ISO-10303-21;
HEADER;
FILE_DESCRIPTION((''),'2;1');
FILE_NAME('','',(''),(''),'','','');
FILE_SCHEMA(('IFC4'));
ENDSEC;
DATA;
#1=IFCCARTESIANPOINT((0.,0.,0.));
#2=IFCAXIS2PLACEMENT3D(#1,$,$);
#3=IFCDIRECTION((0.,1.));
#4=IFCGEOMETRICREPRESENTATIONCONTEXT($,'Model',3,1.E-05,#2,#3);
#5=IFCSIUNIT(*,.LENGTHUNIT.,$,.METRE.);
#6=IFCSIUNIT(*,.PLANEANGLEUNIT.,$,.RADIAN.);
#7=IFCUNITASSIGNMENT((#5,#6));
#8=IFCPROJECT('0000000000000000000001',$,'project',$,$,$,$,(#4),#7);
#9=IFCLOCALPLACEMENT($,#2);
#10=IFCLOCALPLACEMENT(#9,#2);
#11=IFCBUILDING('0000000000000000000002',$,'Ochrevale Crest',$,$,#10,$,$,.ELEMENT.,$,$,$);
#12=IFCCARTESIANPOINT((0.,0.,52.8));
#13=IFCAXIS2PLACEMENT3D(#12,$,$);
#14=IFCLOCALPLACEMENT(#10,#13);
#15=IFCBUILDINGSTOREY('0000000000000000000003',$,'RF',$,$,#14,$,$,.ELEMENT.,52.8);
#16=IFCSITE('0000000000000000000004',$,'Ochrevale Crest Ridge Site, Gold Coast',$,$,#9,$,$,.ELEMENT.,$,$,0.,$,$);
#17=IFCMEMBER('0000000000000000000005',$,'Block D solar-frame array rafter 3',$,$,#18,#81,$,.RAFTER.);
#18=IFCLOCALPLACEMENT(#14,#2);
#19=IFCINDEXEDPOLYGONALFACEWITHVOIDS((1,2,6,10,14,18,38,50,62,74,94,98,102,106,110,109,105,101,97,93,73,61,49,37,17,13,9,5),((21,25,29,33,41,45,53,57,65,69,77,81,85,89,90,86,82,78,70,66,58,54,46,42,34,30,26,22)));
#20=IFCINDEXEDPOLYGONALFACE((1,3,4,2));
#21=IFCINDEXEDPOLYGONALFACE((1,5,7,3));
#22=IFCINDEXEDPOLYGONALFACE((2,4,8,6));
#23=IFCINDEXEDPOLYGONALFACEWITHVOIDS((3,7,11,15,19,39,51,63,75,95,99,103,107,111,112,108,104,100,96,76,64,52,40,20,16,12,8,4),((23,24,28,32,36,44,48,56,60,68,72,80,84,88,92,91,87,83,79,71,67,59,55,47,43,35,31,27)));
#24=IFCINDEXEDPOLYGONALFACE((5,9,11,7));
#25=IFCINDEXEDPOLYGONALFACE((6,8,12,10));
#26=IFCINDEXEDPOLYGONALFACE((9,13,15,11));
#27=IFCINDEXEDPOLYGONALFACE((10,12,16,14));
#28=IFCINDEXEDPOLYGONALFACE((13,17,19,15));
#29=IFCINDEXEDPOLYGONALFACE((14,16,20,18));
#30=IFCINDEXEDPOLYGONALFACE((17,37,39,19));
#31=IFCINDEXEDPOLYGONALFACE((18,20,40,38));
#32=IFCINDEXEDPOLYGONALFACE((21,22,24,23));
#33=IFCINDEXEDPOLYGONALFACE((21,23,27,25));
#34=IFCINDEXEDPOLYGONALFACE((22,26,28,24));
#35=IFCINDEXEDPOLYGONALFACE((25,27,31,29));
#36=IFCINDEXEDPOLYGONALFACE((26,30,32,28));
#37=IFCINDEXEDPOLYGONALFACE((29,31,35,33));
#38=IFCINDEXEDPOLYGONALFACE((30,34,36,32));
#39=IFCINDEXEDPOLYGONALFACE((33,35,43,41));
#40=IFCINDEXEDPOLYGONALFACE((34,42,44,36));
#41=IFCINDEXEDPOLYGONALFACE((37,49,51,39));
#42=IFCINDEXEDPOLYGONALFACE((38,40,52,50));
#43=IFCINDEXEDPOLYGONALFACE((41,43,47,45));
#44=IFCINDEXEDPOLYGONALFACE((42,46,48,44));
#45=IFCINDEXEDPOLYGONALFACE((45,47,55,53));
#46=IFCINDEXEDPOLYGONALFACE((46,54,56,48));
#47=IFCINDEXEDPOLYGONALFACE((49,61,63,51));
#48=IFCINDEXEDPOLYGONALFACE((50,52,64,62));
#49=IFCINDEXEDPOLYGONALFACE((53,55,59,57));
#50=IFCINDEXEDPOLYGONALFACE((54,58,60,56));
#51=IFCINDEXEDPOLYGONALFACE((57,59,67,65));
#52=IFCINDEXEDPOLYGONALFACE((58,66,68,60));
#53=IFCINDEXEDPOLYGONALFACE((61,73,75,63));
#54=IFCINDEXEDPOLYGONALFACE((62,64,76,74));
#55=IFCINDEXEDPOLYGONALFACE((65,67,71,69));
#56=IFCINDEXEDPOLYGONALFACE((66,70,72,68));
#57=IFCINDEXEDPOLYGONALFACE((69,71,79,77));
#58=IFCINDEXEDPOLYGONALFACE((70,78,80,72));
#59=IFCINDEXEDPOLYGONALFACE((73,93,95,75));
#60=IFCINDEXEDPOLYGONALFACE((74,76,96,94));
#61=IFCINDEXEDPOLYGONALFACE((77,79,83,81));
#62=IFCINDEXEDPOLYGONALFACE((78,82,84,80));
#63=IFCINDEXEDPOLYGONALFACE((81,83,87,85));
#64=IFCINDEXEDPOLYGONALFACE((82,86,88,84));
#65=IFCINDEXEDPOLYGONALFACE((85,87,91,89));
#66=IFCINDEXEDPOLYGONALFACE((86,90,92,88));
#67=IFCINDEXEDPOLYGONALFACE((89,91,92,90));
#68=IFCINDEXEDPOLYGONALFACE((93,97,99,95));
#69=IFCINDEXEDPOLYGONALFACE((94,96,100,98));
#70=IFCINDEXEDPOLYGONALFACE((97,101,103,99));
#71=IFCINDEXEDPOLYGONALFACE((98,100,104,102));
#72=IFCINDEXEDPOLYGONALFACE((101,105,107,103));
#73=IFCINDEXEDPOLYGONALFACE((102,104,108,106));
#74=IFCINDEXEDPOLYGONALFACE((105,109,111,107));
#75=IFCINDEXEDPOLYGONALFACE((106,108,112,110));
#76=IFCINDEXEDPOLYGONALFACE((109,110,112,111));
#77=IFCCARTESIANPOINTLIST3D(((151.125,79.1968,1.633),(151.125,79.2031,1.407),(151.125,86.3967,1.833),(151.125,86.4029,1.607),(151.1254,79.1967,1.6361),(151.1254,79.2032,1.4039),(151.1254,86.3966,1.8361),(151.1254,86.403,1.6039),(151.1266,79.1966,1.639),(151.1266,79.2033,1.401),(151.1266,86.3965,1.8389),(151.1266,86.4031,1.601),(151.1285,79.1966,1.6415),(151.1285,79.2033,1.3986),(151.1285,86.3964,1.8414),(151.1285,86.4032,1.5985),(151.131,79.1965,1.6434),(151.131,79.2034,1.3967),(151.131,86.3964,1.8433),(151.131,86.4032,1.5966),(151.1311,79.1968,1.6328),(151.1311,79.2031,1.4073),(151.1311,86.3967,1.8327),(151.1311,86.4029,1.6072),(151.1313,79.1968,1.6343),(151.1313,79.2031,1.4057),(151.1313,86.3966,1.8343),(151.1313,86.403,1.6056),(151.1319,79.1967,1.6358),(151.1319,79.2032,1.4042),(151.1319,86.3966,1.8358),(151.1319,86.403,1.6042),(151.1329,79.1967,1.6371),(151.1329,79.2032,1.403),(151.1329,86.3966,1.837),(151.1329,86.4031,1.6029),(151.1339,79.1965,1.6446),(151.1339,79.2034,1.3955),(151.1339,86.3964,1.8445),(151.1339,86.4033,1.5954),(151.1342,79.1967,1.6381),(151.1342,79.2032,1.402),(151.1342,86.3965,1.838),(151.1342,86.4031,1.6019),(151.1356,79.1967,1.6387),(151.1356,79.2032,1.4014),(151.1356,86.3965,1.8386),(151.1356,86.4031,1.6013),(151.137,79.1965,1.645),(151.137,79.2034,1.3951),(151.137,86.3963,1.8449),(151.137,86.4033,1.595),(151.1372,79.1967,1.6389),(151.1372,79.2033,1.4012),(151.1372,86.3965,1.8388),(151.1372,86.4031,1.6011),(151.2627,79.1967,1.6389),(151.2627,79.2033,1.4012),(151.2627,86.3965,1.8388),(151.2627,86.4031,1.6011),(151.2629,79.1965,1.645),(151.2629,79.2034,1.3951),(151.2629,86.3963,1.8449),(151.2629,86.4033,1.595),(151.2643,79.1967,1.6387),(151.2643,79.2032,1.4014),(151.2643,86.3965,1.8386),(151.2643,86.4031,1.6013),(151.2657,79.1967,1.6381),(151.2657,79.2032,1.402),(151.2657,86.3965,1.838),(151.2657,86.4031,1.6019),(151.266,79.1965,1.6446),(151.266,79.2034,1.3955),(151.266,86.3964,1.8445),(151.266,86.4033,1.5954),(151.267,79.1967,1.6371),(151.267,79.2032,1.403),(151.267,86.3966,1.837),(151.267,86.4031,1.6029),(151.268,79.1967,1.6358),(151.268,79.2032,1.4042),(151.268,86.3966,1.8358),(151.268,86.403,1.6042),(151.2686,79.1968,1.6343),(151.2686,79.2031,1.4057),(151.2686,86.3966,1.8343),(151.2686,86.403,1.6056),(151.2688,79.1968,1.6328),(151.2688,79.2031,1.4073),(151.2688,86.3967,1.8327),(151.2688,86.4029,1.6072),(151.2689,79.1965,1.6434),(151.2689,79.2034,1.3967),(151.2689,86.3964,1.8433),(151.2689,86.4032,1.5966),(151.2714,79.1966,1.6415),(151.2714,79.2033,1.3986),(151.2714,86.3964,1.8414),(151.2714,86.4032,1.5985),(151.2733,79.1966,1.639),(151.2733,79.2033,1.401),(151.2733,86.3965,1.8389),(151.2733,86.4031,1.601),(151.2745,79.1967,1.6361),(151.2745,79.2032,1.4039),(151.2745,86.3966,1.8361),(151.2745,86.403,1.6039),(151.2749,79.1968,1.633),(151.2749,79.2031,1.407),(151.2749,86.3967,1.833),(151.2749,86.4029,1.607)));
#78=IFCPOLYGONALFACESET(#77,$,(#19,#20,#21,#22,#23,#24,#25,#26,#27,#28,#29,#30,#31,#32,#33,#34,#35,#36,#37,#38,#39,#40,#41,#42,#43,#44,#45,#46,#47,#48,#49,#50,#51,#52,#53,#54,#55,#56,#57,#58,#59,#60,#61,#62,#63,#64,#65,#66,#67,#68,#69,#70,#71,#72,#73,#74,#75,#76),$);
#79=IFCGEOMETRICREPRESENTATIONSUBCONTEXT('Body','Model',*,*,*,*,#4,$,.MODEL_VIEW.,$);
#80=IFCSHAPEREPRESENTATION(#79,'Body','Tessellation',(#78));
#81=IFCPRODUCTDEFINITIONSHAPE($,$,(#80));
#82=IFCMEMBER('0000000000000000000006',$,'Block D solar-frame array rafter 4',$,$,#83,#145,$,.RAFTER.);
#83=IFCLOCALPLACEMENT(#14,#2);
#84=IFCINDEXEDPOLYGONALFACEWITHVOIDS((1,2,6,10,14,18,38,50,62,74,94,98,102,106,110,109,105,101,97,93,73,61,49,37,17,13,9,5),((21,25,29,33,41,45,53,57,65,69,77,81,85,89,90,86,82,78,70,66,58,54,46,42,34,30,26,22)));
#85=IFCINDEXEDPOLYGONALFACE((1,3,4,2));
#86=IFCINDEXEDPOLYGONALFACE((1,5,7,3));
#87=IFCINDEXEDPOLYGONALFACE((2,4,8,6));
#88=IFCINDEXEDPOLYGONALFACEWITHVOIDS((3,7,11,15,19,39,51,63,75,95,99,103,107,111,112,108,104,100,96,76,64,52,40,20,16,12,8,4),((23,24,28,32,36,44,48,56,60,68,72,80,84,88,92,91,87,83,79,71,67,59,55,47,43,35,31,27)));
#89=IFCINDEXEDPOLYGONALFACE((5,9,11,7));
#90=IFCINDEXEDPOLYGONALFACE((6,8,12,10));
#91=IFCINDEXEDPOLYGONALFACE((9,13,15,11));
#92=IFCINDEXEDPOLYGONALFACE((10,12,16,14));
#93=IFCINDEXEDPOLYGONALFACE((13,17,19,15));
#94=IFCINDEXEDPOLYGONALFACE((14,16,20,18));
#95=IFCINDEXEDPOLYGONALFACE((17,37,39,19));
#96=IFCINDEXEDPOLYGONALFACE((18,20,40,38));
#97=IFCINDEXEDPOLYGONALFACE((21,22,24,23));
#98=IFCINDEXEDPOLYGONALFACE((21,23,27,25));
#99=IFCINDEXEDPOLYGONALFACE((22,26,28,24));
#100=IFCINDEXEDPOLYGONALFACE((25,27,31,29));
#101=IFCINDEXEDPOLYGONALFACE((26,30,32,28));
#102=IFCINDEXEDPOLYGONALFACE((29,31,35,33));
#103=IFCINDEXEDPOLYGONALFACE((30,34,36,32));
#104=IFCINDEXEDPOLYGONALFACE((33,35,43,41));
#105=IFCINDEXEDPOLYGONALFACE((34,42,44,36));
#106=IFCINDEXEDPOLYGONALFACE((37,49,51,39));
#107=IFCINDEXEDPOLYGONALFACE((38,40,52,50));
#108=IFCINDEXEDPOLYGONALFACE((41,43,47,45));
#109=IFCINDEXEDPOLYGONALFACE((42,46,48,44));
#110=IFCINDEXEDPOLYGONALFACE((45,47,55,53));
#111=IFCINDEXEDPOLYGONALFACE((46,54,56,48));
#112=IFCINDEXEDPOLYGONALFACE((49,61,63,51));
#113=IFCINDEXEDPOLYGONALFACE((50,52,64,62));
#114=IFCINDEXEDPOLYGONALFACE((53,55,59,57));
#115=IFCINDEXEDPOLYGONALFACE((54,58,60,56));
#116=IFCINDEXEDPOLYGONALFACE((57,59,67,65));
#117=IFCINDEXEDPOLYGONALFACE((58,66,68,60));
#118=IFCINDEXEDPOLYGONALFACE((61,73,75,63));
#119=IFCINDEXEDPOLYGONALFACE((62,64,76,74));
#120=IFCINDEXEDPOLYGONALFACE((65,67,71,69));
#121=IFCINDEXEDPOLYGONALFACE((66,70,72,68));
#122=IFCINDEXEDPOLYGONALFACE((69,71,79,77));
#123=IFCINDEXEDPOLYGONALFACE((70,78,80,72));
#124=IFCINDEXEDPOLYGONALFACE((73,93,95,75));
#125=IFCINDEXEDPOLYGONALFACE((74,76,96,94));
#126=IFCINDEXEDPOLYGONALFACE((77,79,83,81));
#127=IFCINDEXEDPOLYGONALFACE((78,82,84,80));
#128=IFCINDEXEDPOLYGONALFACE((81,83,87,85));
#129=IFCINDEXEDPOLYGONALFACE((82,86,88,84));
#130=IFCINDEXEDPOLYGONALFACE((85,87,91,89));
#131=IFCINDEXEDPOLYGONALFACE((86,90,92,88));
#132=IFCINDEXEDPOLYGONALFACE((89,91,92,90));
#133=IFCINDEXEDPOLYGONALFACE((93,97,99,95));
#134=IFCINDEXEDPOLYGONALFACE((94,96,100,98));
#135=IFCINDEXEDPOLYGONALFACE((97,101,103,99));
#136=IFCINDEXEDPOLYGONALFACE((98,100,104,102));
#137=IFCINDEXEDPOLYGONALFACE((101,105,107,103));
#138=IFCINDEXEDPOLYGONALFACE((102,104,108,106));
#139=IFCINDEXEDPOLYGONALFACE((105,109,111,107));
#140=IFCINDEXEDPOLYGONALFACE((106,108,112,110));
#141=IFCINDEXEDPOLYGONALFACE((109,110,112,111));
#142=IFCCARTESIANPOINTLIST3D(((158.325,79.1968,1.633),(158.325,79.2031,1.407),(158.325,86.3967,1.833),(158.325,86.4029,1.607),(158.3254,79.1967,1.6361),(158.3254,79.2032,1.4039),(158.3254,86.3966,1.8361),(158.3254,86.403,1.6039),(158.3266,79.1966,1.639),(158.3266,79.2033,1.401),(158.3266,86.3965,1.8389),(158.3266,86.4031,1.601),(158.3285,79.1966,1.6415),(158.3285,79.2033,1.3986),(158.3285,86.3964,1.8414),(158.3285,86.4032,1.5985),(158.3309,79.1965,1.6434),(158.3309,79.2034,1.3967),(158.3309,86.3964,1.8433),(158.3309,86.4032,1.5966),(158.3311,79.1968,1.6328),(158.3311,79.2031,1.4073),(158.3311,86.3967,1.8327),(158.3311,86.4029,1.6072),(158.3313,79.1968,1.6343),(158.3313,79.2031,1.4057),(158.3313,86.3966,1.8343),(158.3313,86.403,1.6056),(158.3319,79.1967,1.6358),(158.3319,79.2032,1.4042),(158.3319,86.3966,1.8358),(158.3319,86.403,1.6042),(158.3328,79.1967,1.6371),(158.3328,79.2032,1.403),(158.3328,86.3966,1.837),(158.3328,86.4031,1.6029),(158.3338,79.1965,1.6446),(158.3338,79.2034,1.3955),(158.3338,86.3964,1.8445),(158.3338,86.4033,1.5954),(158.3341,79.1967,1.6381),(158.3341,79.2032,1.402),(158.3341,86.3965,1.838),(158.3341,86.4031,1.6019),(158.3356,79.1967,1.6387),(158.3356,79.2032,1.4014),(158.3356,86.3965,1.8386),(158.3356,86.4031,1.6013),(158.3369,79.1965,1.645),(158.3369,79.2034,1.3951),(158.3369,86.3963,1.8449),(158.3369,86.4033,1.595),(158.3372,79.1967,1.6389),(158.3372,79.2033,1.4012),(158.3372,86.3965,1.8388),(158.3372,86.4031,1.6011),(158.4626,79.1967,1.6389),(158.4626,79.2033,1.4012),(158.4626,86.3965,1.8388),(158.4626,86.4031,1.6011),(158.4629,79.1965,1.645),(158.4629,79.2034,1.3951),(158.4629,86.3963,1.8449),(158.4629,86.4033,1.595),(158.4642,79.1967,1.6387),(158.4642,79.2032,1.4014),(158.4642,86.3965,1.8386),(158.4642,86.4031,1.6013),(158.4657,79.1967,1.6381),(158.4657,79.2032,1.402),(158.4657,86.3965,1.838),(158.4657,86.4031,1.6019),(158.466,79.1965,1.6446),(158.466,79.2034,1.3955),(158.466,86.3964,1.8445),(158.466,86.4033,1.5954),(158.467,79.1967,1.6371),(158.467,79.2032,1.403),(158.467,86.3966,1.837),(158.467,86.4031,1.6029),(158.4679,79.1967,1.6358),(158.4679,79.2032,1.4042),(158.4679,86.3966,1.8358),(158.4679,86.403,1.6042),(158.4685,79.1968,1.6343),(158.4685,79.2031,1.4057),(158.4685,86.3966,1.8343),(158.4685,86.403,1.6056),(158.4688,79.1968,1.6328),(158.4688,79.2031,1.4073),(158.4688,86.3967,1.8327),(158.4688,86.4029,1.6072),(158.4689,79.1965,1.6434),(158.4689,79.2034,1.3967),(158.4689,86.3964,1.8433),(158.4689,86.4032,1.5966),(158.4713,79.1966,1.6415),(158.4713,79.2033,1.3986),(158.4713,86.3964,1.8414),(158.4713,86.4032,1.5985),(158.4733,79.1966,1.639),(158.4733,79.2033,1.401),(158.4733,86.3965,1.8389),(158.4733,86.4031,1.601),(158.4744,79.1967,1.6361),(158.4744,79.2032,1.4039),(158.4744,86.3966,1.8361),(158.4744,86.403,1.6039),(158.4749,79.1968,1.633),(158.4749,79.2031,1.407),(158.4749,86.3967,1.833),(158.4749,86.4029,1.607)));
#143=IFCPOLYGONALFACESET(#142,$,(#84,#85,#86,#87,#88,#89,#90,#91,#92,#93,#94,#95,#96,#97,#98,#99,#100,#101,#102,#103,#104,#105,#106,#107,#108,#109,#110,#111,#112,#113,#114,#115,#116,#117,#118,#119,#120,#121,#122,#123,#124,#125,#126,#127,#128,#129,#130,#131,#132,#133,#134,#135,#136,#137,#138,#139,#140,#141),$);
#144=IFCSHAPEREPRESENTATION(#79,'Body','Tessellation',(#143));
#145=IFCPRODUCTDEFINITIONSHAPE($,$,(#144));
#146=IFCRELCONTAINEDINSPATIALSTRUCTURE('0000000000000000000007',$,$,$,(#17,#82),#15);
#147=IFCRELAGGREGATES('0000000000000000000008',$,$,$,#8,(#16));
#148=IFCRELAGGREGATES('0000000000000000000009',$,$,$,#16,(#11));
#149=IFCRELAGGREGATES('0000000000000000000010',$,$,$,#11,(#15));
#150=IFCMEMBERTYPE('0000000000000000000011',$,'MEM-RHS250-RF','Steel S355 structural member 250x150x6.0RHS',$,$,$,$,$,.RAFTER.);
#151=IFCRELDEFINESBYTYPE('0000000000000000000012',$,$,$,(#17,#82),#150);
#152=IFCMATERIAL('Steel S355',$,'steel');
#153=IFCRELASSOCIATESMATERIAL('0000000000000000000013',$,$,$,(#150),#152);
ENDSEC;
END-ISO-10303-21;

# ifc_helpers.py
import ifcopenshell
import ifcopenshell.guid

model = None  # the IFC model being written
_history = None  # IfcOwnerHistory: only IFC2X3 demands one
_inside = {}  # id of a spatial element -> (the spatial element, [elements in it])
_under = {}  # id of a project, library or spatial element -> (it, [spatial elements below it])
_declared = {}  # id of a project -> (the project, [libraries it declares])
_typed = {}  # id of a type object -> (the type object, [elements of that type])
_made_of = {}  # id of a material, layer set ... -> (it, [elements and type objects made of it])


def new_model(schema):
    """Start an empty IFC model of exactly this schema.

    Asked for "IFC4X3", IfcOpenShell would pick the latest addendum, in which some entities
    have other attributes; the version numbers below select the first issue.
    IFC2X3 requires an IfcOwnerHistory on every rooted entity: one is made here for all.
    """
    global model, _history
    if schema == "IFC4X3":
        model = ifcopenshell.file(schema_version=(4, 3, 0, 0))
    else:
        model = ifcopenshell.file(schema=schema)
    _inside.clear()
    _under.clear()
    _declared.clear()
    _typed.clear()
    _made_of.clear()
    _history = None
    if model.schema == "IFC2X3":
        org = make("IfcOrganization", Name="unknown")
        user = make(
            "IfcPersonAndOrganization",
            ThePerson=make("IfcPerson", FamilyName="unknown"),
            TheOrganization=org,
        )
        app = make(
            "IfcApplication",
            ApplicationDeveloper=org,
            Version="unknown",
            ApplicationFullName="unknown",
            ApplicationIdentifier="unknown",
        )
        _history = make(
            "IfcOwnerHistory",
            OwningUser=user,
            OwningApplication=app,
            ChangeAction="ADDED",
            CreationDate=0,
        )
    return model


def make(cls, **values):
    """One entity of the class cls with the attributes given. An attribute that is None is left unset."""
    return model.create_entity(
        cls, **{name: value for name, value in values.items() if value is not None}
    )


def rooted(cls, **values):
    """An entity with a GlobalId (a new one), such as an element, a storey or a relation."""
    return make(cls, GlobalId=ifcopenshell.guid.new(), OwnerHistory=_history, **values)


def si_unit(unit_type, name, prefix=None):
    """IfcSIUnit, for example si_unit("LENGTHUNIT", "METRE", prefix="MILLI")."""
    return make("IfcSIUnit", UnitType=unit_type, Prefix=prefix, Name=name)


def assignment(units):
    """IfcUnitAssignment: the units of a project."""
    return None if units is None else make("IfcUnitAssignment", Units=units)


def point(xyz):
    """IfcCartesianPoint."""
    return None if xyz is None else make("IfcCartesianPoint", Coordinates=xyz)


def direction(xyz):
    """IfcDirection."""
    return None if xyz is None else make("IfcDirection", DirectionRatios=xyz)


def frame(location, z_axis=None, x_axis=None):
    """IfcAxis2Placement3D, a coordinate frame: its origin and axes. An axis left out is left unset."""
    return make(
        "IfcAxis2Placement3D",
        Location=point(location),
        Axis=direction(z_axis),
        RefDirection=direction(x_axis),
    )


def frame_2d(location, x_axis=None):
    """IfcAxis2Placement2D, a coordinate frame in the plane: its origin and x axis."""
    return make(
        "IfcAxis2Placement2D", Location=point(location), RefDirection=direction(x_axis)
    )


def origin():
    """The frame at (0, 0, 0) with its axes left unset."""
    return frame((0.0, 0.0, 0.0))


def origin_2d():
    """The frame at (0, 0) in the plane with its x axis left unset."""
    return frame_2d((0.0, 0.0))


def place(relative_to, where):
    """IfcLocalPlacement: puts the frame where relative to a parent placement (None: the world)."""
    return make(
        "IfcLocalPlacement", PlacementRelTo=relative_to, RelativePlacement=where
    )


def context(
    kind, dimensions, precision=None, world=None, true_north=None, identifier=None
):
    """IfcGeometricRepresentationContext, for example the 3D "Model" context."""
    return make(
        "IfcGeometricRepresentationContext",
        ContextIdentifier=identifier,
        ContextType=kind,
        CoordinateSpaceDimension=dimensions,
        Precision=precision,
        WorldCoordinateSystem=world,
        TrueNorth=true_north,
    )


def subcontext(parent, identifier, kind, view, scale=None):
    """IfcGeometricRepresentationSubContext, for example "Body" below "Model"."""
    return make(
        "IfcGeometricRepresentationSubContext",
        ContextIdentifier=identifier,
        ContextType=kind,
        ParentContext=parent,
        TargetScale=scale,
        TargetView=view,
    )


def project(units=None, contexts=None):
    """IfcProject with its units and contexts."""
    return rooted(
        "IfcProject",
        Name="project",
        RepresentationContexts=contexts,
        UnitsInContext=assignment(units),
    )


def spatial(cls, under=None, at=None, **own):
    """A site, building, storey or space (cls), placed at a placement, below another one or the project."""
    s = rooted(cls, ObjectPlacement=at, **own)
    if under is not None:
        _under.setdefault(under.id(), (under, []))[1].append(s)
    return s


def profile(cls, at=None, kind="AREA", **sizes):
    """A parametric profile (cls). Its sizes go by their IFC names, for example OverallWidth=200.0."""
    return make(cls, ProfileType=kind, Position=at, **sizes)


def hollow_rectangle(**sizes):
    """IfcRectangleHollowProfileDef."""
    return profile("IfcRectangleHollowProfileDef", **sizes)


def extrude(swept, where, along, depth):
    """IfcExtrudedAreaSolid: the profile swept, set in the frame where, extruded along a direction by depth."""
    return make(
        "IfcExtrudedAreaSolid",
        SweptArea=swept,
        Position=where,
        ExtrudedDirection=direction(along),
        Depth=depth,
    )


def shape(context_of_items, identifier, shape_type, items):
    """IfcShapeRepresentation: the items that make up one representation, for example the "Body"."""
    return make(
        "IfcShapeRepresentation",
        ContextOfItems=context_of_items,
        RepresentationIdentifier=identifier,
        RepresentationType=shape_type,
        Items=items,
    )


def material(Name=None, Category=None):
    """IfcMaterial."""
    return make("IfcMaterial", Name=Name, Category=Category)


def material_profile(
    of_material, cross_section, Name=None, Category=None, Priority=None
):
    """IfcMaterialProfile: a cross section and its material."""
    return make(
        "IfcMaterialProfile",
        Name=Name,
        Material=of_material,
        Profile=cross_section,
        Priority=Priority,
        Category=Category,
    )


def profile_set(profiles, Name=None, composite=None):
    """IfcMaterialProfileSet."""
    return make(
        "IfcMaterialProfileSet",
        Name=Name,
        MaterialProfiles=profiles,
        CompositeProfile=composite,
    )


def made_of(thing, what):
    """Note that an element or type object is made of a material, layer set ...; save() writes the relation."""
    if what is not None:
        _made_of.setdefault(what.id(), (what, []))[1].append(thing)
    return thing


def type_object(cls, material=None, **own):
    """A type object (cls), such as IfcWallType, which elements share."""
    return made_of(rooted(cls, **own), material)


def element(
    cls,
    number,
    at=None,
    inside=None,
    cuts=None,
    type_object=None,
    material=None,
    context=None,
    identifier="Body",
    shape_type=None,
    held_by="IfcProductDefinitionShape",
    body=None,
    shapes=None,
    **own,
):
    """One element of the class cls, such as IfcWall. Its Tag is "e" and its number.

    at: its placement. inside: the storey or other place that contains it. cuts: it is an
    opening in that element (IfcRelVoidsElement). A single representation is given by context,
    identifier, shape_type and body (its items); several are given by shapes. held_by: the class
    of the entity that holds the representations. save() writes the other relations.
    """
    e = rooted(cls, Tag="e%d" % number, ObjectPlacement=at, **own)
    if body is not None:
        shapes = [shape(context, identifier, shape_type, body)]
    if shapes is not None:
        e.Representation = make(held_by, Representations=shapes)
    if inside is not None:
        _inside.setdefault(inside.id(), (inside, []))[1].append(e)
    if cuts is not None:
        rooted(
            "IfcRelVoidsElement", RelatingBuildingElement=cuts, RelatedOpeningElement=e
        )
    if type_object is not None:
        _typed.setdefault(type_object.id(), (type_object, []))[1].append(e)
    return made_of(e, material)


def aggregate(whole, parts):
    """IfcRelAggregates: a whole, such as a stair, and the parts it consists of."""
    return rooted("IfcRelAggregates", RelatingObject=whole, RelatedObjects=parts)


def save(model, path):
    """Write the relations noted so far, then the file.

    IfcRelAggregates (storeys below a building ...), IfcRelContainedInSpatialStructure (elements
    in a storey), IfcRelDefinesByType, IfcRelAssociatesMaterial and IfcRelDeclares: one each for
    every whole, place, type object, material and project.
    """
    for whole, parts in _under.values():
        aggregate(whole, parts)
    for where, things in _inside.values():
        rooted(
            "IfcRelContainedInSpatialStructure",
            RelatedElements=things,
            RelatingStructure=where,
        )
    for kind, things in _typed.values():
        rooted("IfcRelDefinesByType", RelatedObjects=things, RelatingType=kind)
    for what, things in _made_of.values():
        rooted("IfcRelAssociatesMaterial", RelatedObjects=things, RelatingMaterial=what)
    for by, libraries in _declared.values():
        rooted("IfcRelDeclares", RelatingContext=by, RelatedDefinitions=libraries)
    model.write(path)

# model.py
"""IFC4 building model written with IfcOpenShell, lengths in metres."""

from ifc_helpers import new_model, si_unit, direction, frame, origin, origin_2d, place, context, subcontext, project, spatial, hollow_rectangle, extrude, material, material_profile, profile_set, type_object, element, save


model = new_model("IFC4")

# Units and contexts
model_context = context("Model", 3, precision=1e-05, world=origin(), true_north=direction((0.0, 1.0)))
body_context = subcontext(model_context, "Body", "Model", "MODEL_VIEW")
ifc_project = project(units=[si_unit("LENGTHUNIT", "METRE"), si_unit("PLANEANGLEUNIT", "RADIAN")], contexts=[model_context])

# Site, building, storey
site_placement = place(None, origin())
site = spatial("IfcSite", under=ifc_project, at=site_placement, Name="Ochrevale Crest Ridge Site, Gold Coast", CompositionType="ELEMENT", RefElevation=0.0)
building_placement = place(site_placement, origin())
building = spatial("IfcBuilding", under=site, at=building_placement, Name="Ochrevale Crest", CompositionType="ELEMENT")
storey_placement = place(building_placement, frame((0.0, 0.0, 52.8)))
storey = spatial("IfcBuildingStorey", under=building, at=storey_placement, Name="RF", CompositionType="ELEMENT", Elevation=52.8)

# Shared definitions
ifc_material_1 = material(Name="Steel S355", Category="steel")

# Members
ifc_material_profile_1 = material_profile(ifc_material_1, hollow_rectangle(XDim=0.1499, YDim=0.25, WallThickness=0.0061, InnerFilletRadius=0.0061, OuterFilletRadius=0.012, at=origin_2d()), Name="250x150x6.0RHS")
ifc_profile_set_1 = profile_set([ifc_material_profile_1], Name="Steel S355")
member_type_1 = type_object("IfcMemberType", Name="MEM-RHS250-RF", Description="Steel S355 structural member 250x150x6.0RHS", PredefinedType="RAFTER", material=ifc_profile_set_1)
for number, where, z_axis, x_axis, name in (
    (1, (151.2, 79.2, 1.52), (0.0, 0.999615, 0.02776), (-1.0, 0.0, 0.0), "Block D solar-frame array rafter 3"),
    (2, (158.3999, 79.2, 1.52), (0.0, 0.999615, 0.02776), (-1.0, 0.0, 0.0), "Block D solar-frame array rafter 4"),
):
    element("IfcMember", number, at=place(storey_placement, frame(where, z_axis=z_axis, x_axis=x_axis)), inside=storey, type_object=member_type_1, Name=name, PredefinedType="RAFTER", context=body_context, shape_type="SweptSolid", body=[
        extrude(hollow_rectangle(XDim=0.1499, YDim=0.25, WallThickness=0.0061, InnerFilletRadius=0.0061, OuterFilletRadius=0.012, at=origin_2d()), origin(), (0.0, 0.0, 1.0), 7.2026),
    ])

save(model, "model.ifc")
